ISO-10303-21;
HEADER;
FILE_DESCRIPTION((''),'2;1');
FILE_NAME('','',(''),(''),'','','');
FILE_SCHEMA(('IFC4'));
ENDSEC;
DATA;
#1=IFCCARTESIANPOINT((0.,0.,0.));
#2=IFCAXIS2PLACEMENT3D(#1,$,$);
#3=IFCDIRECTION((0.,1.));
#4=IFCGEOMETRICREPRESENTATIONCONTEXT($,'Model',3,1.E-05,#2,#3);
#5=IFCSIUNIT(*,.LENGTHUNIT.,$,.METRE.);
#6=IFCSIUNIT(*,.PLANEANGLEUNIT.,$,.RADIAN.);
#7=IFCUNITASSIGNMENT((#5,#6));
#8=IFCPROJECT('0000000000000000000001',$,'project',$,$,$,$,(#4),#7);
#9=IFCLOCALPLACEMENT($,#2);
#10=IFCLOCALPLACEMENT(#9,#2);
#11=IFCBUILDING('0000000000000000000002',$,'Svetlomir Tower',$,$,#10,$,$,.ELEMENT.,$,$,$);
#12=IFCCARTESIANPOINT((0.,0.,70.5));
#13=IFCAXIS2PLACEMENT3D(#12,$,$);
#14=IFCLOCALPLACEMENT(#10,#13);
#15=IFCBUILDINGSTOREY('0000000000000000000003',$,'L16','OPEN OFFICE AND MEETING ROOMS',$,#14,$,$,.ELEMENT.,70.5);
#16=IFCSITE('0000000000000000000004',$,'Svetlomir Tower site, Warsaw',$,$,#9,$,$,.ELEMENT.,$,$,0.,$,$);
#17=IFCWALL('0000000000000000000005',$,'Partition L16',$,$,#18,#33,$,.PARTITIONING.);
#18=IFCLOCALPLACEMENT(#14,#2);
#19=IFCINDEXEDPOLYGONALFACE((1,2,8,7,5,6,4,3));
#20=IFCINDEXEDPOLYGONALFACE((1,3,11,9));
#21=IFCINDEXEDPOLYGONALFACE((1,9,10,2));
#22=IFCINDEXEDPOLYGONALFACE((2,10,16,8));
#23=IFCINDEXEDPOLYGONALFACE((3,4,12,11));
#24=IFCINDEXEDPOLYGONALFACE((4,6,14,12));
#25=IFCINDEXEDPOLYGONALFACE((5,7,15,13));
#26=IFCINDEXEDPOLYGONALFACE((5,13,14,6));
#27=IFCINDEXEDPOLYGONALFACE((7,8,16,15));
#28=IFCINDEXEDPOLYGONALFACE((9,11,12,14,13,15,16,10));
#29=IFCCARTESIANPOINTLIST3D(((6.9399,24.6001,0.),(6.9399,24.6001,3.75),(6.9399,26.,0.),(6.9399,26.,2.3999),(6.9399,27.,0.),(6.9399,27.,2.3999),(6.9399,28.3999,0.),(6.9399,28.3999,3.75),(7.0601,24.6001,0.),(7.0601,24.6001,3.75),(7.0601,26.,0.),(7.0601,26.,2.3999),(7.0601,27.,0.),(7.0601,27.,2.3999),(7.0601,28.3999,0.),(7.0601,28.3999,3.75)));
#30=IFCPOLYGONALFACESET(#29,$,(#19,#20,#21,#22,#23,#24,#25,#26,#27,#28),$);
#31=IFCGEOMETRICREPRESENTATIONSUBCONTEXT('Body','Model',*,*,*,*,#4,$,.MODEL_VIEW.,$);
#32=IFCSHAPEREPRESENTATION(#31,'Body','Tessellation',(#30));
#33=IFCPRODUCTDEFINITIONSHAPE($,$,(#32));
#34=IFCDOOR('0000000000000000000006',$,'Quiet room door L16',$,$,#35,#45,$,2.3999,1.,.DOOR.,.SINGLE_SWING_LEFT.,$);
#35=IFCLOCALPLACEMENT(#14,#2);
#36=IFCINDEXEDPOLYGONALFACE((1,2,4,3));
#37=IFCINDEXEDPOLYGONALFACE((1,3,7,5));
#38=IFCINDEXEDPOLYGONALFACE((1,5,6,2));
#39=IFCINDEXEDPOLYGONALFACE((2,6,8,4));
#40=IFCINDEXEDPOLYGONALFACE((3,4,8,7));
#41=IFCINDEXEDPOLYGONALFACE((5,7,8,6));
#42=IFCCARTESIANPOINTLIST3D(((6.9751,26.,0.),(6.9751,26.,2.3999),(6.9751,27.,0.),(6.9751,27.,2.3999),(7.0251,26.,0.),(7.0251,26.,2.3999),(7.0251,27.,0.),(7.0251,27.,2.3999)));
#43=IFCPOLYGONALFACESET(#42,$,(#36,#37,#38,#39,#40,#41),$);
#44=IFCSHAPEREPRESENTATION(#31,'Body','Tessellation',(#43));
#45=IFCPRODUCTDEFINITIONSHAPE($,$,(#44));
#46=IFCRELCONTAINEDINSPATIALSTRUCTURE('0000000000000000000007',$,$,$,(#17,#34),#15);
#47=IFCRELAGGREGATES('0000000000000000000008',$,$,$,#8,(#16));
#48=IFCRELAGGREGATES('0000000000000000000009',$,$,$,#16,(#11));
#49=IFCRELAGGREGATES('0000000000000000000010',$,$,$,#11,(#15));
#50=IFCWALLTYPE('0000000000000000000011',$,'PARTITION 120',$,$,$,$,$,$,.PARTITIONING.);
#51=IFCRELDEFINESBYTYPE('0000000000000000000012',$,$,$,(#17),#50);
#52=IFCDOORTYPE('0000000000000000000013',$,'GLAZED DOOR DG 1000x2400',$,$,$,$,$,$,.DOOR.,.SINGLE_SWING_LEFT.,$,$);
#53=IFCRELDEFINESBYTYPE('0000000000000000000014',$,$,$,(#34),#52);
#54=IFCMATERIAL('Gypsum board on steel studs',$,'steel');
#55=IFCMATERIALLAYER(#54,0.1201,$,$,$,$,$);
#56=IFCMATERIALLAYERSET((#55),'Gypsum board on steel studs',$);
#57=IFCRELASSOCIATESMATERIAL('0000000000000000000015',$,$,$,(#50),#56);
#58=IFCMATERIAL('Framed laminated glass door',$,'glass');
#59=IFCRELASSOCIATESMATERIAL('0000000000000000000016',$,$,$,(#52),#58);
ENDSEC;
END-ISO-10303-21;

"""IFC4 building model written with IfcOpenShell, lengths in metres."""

from ifc_helpers import new_model, si_unit, direction, frame, frame_2d, origin, place, context, subcontext, project, spatial, rectangle, extrude, material, layer, layer_set, type_object, element, fill, save


model = new_model("IFC4")

# Units and contexts
model_context = context("Model", 3, precision=1e-05, world=origin(), true_north=direction((0.0, 1.0)))
body_context = subcontext(model_context, "Body", "Model", "MODEL_VIEW")
ifc_project = project(units=[si_unit("LENGTHUNIT", "METRE"), si_unit("PLANEANGLEUNIT", "RADIAN")], contexts=[model_context])

# Site, building, storey
site_placement = place(None, origin())
site = spatial("IfcSite", under=ifc_project, at=site_placement, Name="Svetlomir Tower site, Warsaw", CompositionType="ELEMENT", RefElevation=0.0)
building_placement = place(site_placement, origin())
building = spatial("IfcBuilding", under=site, at=building_placement, Name="Svetlomir Tower", CompositionType="ELEMENT")
storey_placement = place(building_placement, frame((0.0, 0.0, 70.5)))
storey = spatial("IfcBuildingStorey", under=building, at=storey_placement, Name="L16", Description="OPEN OFFICE AND MEETING ROOMS", CompositionType="ELEMENT", Elevation=70.5)

# Shared definitions
ifc_material_1 = material(Name="Gypsum board on steel studs", Category="steel")
ifc_layer_1 = layer(ifc_material_1, 0.1201)
ifc_layer_set_1 = layer_set([ifc_layer_1], Name="Gypsum board on steel studs")
wall_type_1 = type_object("IfcWallType", Name="PARTITION 120", PredefinedType="PARTITIONING", material=ifc_layer_set_1)

# Shared definitions
ifc_material_2 = material(Name="Framed laminated glass door", Category="glass")
door_type_1 = type_object("IfcDoorType", Name="GLAZED DOOR DG 1000x2400", OperationType="SINGLE_SWING_LEFT", PredefinedType="DOOR", material=ifc_material_2)

# Wall, opening, door
wall_1_placement = place(storey_placement, frame((7.0, 24.6001, 0.0), z_axis=(0.0, 0.0, 1.0), x_axis=(0.0, 1.0, 0.0)))
wall_1 = element("IfcWall", 1, at=wall_1_placement, inside=storey, type_object=wall_type_1, Name="Partition L16", PredefinedType="PARTITIONING", context=body_context, shape_type="SweptSolid", body=[
    extrude(rectangle(XDim=3.7998, YDim=0.1201, at=frame_2d((1.8999, 0.0))), origin(), (0.0, 0.0, 1.0), 3.75),
])
opening_1_placement = place(wall_1_placement, frame((1.3999, 0.0, 0.0)))
opening_1 = element("IfcOpeningElement", 2, at=opening_1_placement, cuts=wall_1, PredefinedType="OPENING", context=body_context, shape_type="SweptSolid", body=[
    extrude(rectangle(XDim=1.0, YDim=2.3999, at=frame_2d((0.5, 1.2))), frame((0.0, 0.0701, 0.0), z_axis=(0.0, -1.0, 0.0), x_axis=(1.0, 0.0, 0.0)), (0.0, 0.0, 1.0), 0.1401),
])
door_1_placement = place(opening_1_placement, origin())
door_1 = element("IfcDoor", 3, at=door_1_placement, inside=storey, type_object=door_type_1, Name="Quiet room door L16", OperationType="SINGLE_SWING_LEFT", OverallHeight=2.3999, OverallWidth=1.0, PredefinedType="DOOR", context=body_context, shape_type="SweptSolid", body=[
    extrude(rectangle(XDim=1.0, YDim=2.3999, at=frame_2d((0.5, 1.2))), frame((0.0, 0.0249, 0.0), z_axis=(0.0, -1.0, 0.0), x_axis=(1.0, 0.0, 0.0)), (0.0, 0.0, 1.0), 0.05),
])
fill(opening_1, door_1)

save(model, "model.ifc")
